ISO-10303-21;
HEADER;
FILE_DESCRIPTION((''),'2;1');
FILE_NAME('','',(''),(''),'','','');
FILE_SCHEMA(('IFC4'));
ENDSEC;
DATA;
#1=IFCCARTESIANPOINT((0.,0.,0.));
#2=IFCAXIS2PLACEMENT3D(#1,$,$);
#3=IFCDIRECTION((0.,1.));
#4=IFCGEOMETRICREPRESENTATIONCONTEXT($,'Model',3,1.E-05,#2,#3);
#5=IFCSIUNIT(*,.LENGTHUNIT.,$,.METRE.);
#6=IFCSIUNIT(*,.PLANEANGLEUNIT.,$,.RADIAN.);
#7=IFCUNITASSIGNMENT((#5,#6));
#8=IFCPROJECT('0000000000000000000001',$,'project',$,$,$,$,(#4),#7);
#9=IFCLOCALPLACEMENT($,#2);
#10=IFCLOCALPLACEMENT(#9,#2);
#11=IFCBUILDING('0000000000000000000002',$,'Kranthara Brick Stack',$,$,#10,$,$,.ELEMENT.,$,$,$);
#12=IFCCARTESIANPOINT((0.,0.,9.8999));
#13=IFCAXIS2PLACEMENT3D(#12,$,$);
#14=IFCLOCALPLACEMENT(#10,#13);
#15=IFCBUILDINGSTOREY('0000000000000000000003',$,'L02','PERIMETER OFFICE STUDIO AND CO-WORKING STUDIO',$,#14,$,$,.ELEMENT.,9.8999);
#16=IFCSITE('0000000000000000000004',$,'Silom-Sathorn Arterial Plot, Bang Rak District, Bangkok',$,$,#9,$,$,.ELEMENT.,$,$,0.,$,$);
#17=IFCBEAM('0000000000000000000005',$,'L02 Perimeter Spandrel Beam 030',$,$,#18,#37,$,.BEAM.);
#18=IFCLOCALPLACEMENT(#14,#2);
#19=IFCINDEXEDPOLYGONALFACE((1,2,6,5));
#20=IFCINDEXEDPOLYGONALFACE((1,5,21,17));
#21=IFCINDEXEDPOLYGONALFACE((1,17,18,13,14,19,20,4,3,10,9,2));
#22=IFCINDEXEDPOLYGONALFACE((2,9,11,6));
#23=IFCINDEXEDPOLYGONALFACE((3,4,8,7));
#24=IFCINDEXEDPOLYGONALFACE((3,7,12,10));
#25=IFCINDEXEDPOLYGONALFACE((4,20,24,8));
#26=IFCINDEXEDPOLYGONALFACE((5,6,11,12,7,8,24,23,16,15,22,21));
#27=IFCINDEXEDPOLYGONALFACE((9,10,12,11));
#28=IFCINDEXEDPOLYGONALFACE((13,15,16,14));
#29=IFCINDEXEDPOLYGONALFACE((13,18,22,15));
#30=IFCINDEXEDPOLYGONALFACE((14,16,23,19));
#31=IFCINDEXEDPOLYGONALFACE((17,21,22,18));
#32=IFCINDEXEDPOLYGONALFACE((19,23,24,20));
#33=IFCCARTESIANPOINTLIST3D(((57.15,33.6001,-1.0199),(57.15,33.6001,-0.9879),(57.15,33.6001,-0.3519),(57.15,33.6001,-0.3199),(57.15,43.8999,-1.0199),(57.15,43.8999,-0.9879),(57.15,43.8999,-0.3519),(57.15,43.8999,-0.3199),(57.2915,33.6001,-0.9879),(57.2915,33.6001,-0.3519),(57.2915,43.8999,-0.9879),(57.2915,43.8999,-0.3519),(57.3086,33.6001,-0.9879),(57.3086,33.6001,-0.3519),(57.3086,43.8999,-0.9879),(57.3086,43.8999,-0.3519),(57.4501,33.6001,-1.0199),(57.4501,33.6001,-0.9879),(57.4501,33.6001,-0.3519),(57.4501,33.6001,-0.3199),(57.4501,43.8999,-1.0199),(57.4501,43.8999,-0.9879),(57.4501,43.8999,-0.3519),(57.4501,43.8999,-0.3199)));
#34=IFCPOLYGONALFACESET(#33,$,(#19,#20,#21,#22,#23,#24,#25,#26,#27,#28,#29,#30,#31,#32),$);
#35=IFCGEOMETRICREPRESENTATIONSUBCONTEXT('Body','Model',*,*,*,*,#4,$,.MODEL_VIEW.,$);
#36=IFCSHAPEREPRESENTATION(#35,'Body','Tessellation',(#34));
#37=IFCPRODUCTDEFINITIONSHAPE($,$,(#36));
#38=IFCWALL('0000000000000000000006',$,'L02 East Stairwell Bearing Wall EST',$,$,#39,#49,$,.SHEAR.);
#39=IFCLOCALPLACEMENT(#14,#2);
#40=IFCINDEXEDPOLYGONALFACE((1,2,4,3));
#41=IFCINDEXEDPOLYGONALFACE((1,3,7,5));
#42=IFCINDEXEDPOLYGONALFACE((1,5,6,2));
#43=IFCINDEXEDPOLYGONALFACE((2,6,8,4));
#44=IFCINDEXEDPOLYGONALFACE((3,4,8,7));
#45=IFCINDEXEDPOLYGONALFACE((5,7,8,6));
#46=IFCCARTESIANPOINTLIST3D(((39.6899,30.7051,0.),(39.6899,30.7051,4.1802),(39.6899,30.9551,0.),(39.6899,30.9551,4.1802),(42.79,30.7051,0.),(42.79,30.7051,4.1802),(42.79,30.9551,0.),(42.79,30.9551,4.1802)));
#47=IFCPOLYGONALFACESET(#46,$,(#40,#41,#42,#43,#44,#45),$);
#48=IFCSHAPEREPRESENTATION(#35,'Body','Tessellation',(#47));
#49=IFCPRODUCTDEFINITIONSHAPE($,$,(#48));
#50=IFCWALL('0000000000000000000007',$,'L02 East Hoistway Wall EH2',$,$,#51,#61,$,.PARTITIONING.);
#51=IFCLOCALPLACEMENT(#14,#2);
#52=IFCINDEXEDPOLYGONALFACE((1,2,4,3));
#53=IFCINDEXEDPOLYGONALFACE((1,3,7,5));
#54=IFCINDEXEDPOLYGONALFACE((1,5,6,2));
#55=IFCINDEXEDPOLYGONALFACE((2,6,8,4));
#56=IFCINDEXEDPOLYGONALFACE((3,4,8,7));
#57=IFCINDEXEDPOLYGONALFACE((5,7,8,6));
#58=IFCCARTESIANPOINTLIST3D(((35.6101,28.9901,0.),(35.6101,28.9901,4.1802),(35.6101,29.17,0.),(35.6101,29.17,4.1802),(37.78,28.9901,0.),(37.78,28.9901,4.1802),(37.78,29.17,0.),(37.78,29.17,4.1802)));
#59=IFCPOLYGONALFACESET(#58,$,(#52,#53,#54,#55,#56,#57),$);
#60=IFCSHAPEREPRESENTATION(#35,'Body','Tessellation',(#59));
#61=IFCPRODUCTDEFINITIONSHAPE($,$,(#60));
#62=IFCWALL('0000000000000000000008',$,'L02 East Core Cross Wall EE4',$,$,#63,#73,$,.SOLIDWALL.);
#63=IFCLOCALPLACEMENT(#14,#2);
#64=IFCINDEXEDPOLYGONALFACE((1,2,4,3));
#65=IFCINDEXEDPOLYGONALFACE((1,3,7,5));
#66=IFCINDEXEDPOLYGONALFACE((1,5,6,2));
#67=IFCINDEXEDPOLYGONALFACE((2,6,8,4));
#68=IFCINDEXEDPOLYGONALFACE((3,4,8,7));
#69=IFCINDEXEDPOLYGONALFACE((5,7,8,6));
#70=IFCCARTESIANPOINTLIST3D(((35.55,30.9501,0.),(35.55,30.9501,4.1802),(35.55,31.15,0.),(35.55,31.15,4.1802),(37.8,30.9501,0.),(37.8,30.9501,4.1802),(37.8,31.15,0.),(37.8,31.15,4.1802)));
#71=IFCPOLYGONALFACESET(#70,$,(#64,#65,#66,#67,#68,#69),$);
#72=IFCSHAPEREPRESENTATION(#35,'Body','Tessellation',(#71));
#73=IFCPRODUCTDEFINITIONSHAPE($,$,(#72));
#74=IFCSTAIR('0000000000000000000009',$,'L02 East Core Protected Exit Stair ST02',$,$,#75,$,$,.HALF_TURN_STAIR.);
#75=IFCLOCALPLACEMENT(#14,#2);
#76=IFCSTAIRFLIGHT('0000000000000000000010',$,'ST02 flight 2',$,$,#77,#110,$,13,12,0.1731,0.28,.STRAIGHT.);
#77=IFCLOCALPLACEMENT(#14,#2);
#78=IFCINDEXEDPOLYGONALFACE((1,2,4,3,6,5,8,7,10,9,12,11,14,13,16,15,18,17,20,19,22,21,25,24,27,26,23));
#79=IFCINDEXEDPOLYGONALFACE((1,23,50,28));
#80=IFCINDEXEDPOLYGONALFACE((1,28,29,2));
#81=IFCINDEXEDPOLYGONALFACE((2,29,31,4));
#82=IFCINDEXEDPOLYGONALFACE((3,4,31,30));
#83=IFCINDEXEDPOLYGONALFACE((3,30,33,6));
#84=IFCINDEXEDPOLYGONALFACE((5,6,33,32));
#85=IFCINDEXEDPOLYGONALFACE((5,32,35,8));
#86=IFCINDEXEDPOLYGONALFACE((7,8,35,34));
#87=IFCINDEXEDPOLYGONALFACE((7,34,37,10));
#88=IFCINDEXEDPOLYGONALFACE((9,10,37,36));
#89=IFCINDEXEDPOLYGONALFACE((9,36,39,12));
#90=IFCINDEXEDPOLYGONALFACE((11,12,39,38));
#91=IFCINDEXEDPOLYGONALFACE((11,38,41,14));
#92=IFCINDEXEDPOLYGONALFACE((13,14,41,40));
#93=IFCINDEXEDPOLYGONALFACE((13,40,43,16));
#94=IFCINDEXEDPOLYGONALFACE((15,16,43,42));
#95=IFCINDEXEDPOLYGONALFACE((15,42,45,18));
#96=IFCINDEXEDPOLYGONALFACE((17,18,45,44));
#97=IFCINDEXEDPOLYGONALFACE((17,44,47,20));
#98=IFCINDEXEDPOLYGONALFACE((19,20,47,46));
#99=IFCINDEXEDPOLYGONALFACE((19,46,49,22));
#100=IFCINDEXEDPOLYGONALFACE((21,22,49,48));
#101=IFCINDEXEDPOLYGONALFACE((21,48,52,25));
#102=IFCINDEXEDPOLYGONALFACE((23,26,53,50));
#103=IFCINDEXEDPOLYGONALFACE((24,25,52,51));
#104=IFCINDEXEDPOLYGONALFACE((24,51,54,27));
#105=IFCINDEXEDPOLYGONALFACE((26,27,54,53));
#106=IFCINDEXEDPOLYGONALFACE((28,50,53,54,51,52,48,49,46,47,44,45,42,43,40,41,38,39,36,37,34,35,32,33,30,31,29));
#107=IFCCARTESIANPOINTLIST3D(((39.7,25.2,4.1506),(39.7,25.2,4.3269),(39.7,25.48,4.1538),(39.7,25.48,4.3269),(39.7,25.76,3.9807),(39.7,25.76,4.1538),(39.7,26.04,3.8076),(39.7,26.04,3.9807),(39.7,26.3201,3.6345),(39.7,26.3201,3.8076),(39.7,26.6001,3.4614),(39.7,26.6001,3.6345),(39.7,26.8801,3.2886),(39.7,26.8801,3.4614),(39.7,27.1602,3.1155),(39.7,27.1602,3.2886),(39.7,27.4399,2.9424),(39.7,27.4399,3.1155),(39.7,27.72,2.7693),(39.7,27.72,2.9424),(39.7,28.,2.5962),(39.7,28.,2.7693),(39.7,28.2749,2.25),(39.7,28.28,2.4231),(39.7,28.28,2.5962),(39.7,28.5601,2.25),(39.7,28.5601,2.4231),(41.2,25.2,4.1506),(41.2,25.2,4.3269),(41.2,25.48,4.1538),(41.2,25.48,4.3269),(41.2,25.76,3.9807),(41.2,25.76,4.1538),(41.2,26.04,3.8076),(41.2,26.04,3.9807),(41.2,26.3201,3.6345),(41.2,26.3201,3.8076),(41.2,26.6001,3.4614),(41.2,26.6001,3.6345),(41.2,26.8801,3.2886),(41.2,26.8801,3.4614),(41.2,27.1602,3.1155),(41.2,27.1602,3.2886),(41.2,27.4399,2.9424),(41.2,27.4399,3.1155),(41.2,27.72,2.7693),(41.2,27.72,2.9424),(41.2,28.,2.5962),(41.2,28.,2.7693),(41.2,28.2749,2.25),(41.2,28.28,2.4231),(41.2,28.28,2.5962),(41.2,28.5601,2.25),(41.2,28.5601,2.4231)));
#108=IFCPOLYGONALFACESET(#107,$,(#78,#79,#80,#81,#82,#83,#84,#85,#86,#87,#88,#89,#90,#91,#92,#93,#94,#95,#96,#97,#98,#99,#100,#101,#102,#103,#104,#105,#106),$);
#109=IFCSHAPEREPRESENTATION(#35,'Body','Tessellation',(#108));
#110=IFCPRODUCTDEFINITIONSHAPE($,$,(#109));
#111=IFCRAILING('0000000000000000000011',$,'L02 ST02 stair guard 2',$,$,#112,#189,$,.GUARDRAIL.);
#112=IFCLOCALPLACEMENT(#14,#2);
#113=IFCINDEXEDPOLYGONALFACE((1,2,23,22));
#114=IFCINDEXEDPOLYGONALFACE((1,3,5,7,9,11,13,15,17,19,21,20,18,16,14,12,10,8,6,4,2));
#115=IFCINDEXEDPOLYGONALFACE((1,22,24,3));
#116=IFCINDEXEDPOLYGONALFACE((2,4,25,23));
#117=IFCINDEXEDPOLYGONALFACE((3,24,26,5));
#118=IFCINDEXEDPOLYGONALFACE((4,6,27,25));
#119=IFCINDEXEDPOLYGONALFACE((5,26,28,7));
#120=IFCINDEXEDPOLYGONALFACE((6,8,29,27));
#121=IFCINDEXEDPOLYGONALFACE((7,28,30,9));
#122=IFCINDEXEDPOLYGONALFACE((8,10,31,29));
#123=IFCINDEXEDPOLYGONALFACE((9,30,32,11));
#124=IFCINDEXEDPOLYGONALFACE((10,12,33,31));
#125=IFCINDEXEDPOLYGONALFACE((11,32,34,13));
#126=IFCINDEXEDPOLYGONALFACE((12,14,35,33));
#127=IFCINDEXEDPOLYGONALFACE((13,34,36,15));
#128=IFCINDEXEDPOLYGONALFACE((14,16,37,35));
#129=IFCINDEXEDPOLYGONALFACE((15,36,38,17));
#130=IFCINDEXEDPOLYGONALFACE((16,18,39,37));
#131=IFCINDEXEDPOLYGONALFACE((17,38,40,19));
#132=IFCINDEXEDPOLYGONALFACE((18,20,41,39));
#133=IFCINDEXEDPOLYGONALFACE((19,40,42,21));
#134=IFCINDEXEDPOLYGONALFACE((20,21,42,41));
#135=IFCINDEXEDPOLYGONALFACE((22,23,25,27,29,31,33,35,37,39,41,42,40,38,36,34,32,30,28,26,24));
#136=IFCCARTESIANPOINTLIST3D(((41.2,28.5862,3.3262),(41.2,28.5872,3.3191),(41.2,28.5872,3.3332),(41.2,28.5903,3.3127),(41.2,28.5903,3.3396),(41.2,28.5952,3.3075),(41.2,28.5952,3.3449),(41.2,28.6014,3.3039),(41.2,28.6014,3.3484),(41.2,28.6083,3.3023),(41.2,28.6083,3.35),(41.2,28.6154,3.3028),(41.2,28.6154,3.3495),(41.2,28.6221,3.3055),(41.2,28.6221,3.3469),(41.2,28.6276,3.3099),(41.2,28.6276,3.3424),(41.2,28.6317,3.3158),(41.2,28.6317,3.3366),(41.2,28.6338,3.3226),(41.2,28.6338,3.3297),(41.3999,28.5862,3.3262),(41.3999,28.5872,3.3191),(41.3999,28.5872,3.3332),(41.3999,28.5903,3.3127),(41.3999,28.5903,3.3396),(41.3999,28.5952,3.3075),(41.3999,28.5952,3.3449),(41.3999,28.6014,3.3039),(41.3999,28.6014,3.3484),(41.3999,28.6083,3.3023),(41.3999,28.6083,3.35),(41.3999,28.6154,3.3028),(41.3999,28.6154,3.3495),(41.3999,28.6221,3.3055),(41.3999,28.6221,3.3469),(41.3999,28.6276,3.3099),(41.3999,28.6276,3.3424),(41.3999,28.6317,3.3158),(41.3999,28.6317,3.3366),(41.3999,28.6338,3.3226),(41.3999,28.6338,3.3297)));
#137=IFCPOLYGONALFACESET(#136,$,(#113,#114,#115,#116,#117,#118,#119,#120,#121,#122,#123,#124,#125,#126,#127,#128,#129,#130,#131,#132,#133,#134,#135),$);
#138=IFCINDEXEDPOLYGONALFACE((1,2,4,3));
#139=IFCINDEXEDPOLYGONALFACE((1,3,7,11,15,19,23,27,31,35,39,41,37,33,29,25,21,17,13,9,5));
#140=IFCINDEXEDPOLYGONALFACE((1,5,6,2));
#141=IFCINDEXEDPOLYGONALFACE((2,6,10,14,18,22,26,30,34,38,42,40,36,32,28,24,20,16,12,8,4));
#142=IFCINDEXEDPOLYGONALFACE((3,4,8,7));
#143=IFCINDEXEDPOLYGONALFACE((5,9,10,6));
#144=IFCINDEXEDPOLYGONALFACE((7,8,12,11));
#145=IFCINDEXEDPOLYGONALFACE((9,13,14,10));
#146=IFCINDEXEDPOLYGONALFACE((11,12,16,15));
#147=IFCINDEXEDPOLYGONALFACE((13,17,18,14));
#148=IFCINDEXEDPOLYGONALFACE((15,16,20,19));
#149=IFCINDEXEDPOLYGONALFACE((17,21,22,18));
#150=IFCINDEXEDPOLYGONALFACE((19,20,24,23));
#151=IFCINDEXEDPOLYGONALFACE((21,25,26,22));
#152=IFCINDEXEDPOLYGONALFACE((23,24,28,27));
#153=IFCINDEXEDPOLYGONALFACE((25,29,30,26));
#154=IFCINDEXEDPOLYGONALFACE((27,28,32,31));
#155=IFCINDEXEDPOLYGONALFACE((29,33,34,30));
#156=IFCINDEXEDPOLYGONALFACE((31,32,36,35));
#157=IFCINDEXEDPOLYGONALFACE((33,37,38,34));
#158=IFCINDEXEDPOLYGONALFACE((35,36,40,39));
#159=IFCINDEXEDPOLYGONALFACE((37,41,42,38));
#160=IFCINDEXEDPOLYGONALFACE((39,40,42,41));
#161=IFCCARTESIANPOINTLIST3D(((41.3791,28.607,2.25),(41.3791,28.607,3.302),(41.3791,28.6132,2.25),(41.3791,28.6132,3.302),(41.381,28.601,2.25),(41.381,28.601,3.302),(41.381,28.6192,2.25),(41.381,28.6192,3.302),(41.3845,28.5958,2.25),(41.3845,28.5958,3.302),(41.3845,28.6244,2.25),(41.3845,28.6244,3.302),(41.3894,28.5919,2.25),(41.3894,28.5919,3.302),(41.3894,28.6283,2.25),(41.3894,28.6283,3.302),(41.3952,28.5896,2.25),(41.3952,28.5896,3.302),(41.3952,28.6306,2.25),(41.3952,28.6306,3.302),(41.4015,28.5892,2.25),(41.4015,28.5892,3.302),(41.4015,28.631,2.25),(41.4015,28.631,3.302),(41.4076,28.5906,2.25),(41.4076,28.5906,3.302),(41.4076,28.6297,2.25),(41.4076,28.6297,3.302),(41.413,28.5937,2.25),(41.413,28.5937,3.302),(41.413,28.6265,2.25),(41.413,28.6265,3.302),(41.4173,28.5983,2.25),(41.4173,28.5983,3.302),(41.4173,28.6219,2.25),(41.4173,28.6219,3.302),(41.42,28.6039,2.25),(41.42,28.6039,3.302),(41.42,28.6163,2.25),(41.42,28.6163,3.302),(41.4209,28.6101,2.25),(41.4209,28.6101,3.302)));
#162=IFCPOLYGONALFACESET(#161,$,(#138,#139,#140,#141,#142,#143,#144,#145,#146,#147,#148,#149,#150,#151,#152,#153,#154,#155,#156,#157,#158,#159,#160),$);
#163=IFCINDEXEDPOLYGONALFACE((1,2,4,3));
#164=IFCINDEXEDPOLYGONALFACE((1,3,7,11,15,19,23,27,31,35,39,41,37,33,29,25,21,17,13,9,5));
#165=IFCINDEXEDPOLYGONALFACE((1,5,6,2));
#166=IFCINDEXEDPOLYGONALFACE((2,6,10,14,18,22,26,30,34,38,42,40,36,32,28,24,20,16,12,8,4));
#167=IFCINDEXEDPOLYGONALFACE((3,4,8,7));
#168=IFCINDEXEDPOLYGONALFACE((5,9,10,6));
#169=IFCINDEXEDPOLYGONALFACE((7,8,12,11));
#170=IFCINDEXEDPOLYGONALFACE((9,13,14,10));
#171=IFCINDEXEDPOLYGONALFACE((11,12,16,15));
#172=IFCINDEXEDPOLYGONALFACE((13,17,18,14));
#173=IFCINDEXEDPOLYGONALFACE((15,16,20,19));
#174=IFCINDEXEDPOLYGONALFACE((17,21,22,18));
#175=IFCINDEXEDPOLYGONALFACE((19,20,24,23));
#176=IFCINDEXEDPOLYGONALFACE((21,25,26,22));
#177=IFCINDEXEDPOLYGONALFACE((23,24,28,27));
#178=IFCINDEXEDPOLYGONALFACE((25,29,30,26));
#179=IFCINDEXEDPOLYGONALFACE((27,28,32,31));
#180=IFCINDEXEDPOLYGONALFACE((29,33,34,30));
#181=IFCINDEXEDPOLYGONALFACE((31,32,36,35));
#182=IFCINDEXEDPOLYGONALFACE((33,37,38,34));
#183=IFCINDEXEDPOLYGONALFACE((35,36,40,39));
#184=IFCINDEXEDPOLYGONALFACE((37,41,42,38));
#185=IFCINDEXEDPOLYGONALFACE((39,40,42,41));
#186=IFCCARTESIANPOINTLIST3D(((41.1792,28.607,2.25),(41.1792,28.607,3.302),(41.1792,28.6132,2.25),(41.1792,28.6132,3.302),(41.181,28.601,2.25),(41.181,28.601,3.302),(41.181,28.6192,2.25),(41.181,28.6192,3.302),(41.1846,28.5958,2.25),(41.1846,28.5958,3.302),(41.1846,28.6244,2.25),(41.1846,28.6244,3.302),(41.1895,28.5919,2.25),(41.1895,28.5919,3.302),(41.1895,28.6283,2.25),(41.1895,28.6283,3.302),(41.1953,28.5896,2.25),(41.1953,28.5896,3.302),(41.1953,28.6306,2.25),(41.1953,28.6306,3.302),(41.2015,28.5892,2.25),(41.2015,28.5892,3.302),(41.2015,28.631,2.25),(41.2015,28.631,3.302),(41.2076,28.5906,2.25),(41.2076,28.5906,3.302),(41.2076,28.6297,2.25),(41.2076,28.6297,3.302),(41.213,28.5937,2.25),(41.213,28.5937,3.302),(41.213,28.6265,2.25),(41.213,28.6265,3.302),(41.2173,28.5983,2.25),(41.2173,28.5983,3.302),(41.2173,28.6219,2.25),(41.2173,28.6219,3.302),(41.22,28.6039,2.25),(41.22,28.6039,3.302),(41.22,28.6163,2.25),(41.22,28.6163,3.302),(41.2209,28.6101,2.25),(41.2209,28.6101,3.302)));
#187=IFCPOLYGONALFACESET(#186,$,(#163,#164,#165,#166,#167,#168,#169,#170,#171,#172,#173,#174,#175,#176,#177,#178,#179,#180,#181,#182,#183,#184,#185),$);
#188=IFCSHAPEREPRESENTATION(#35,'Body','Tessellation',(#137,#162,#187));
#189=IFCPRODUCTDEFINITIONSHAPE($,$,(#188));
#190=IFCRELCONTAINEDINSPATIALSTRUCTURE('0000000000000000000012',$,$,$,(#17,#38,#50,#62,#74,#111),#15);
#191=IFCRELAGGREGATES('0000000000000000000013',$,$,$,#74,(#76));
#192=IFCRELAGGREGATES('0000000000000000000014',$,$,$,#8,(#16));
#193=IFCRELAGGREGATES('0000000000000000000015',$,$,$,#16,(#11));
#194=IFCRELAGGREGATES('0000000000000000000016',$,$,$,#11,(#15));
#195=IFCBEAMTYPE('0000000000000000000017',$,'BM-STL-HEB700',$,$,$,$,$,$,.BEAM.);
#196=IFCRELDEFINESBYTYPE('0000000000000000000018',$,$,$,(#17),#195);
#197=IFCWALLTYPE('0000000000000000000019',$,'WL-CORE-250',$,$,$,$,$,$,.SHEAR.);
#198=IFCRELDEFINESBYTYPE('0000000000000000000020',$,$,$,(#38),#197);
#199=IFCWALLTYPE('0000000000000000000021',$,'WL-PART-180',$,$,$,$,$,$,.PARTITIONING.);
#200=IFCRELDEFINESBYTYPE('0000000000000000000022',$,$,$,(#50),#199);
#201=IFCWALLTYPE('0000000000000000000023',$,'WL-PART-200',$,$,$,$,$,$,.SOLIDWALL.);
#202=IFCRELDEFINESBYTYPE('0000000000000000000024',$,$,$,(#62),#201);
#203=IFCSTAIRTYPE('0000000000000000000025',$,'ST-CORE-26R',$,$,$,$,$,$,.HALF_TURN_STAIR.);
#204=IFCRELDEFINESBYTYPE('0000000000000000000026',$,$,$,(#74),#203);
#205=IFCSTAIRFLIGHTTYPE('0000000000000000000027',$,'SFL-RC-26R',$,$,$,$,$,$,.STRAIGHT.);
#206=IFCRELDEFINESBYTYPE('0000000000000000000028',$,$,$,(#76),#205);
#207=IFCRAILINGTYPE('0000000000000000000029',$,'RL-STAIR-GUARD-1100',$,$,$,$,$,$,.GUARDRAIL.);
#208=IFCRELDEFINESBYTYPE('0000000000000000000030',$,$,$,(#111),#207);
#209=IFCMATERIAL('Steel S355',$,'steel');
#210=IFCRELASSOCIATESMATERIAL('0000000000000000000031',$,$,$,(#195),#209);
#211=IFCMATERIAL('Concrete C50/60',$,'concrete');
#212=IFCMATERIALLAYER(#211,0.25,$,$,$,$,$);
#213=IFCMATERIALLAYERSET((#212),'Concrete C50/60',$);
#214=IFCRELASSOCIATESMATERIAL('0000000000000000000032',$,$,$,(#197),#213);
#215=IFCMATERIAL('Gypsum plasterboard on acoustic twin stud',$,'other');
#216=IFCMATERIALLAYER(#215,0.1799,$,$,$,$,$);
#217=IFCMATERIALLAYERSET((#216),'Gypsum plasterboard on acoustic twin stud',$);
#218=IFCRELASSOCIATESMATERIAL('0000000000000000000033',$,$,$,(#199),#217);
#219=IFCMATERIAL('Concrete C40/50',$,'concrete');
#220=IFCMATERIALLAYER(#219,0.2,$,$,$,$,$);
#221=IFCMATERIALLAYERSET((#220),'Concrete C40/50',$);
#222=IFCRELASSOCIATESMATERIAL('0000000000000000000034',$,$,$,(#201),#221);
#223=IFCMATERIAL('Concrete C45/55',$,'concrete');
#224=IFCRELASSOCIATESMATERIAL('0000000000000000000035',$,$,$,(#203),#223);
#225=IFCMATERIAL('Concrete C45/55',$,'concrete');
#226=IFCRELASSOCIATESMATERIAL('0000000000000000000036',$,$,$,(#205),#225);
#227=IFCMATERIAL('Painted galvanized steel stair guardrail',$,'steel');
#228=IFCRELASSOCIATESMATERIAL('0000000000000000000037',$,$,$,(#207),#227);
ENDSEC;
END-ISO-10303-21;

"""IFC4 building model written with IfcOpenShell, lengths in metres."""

from ifc_helpers import new_model, si_unit, direction, frame, frame_2d, origin, origin_2d, place, context, subcontext, project, spatial, polyline, rectangle, circle, i_section, outline, extrude, material, layer, layer_set, material_profile, profile_set, type_object, element, aggregate, save


model = new_model("IFC4")

# Units and contexts
model_context = context("Model", 3, precision=1e-05, world=origin(), true_north=direction((0.0, 1.0)))
body_context = subcontext(model_context, "Body", "Model", "MODEL_VIEW")
ifc_project = project(units=[si_unit("LENGTHUNIT", "METRE"), si_unit("PLANEANGLEUNIT", "RADIAN")], contexts=[model_context])

# Site, building, storey
site_placement = place(None, origin())
site = spatial("IfcSite", under=ifc_project, at=site_placement, Name="Silom-Sathorn Arterial Plot, Bang Rak District, Bangkok", CompositionType="ELEMENT", RefElevation=0.0)
building_placement = place(site_placement, origin())
building = spatial("IfcBuilding", under=site, at=building_placement, Name="Kranthara Brick Stack", CompositionType="ELEMENT")
storey_placement = place(building_placement, frame((0.0, 0.0, 9.8999)))
storey = spatial("IfcBuildingStorey", under=building, at=storey_placement, Name="L02", Description="PERIMETER OFFICE STUDIO AND CO-WORKING STUDIO", CompositionType="ELEMENT", Elevation=9.8999)

# Beam
ifc_material_1 = material(Name="Steel S355", Category="steel")
ifc_material_profile_1 = material_profile(ifc_material_1, i_section(OverallWidth=0.3, OverallDepth=0.7, WebThickness=0.0171, FlangeThickness=0.032, at=origin_2d()), Name="HEB 700")
ifc_profile_set_1 = profile_set([ifc_material_profile_1], Name="Steel S355")
beam_type_1 = type_object("IfcBeamType", Name="BM-STL-HEB700", PredefinedType="BEAM", material=ifc_profile_set_1)
beam_1_placement = place(storey_placement, frame((57.3, 33.6001, -0.6699), z_axis=(0.0, 1.0, 0.0), x_axis=(-1.0, 0.0, 0.0)))
element("IfcBeam", 1, at=beam_1_placement, inside=storey, type_object=beam_type_1, Name="L02 Perimeter Spandrel Beam 030", PredefinedType="BEAM", context=body_context, shape_type="SweptSolid", body=[
    extrude(i_section(OverallWidth=0.3, OverallDepth=0.7, WebThickness=0.0171, FlangeThickness=0.032, at=origin_2d()), origin(), (0.0, 0.0, 1.0), 10.2998),
])

# Wall
ifc_material_2 = material(Name="Concrete C50/60", Category="concrete")
ifc_layer_1 = layer(ifc_material_2, 0.25)
ifc_layer_set_1 = layer_set([ifc_layer_1], Name="Concrete C50/60")
wall_type_1 = type_object("IfcWallType", Name="WL-CORE-250", PredefinedType="SHEAR", material=ifc_layer_set_1)
wall_1_placement = place(storey_placement, frame((39.6899, 30.8301, 0.0), z_axis=(0.0, 0.0, 1.0), x_axis=(1.0, 0.0, 0.0)))
element("IfcWall", 2, at=wall_1_placement, inside=storey, type_object=wall_type_1, Name="L02 East Stairwell Bearing Wall EST", PredefinedType="SHEAR", context=body_context, shape_type="SweptSolid", body=[
    extrude(rectangle(XDim=3.1001, YDim=0.25, at=frame_2d((1.55, 0.0))), origin(), (0.0, 0.0, 1.0), 4.1802),
])

# Walls
ifc_material_3 = material(Name="Gypsum plasterboard on acoustic twin stud", Category="other")
ifc_layer_2 = layer(ifc_material_3, 0.1799)
ifc_layer_set_2 = layer_set([ifc_layer_2], Name="Gypsum plasterboard on acoustic twin stud")
wall_type_2 = type_object("IfcWallType", Name="WL-PART-180", PredefinedType="PARTITIONING", material=ifc_layer_set_2)
wall_2_placement = place(storey_placement, frame((35.6101, 29.0801, 0.0), z_axis=(0.0, 0.0, 1.0), x_axis=(1.0, 0.0, 0.0)))
element("IfcWall", 3, at=wall_2_placement, inside=storey, type_object=wall_type_2, Name="L02 East Hoistway Wall EH2", PredefinedType="PARTITIONING", context=body_context, shape_type="SweptSolid", body=[
    extrude(rectangle(XDim=2.1699, YDim=0.1799, at=frame_2d((1.085, 0.0))), origin(), (0.0, 0.0, 1.0), 4.1802),
])
ifc_material_4 = material(Name="Concrete C40/50", Category="concrete")
ifc_layer_3 = layer(ifc_material_4, 0.2)
ifc_layer_set_3 = layer_set([ifc_layer_3], Name="Concrete C40/50")
wall_type_3 = type_object("IfcWallType", Name="WL-PART-200", PredefinedType="SOLIDWALL", material=ifc_layer_set_3)
wall_3_placement = place(storey_placement, frame((35.55, 31.05, 0.0), z_axis=(0.0, 0.0, 1.0), x_axis=(1.0, 0.0, 0.0)))
element("IfcWall", 4, at=wall_3_placement, inside=storey, type_object=wall_type_3, Name="L02 East Core Cross Wall EE4", PredefinedType="SOLIDWALL", context=body_context, shape_type="SweptSolid", body=[
    extrude(rectangle(XDim=2.25, YDim=0.2, at=frame_2d((1.125, 0.0))), origin(), (0.0, 0.0, 1.0), 4.1802),
])

# Stair, stair flight
ifc_material_5 = material(Name="Concrete C45/55", Category="concrete")
stair_type = type_object("IfcStairType", Name="ST-CORE-26R", PredefinedType="HALF_TURN_STAIR", material=ifc_material_5)
stair_placement = place(storey_placement, origin())
stair = element("IfcStair", 5, at=stair_placement, inside=storey, type_object=stair_type, Name="L02 East Core Protected Exit Stair ST02", PredefinedType="HALF_TURN_STAIR")
ifc_material_6 = material(Name="Concrete C45/55", Category="concrete")
stair_flight_type = type_object("IfcStairFlightType", Name="SFL-RC-26R", PredefinedType="STRAIGHT", material=ifc_material_6)
stair_flight_placement = place(storey_placement, frame((40.45, 28.5601, 2.25), z_axis=(0.0, 0.0, 1.0), x_axis=(0.0, -1.0, 0.0)))
stair_flight = element("IfcStairFlight", 6, at=stair_flight_placement, type_object=stair_flight_type, Name="ST02 flight 2", NumberOfRisers=13, NumberOfTreads=12, PredefinedType="STRAIGHT", RiserHeight=0.1731, TreadLength=0.28, context=body_context, shape_type="SweptSolid", body=[
    extrude(outline(polyline([(0.0, 0.0), (0.0, 0.1731), (0.28, 0.1731), (0.28, 0.3462), (0.5601, 0.3462), (0.5601, 0.5193), (0.8401, 0.5193), (0.8401, 0.6924), (1.1201, 0.6924), (1.1201, 0.8655), (1.3999, 0.8655), (1.3999, 1.0386), (1.6799, 1.0386), (1.6799, 1.2114), (1.96, 1.2114), (1.96, 1.3845), (2.24, 1.3845), (2.24, 1.5576), (2.52, 1.5576), (2.52, 1.7307), (2.8, 1.7307), (2.8, 1.9038), (3.0801, 1.9038), (3.0801, 2.0769), (3.3601, 2.0769), (3.3601, 2.25), (3.3601, 1.9006), (0.2852, 0.0), (0.0, 0.0)])), frame((0.0, 0.75, 0.0), z_axis=(0.0, -1.0, 0.0), x_axis=(1.0, 0.0, 0.0)), (0.0, 0.0, 1.0), 1.5),
])
aggregate(stair, [stair_flight])

# Railing
ifc_material_7 = material(Name="Painted galvanized steel stair guardrail", Category="steel")
railing_type = type_object("IfcRailingType", Name="RL-STAIR-GUARD-1100", PredefinedType="GUARDRAIL", material=ifc_material_7)
railing_1_placement = place(storey_placement, frame((41.3999, 28.6101, 2.25)))
element("IfcRailing", 7, at=railing_1_placement, inside=storey, type_object=railing_type, Name="L02 ST02 stair guard 2", PredefinedType="GUARDRAIL", context=body_context, shape_type="SweptSolid", body=[
    extrude(circle(Radius=0.0239, at=origin_2d()), frame((0.0, 0.0, 1.0762), z_axis=(-1.0, 0.0, 0.0), x_axis=(0.0, -1.0, 0.0)), (0.0, 0.0, 1.0), 0.2),
    extrude(circle(Radius=0.021, at=origin_2d()), origin(), (0.0, 0.0, 1.0), 1.052),
    extrude(circle(Radius=0.021, at=origin_2d()), frame((-0.2, 0.0, 0.0)), (0.0, 0.0, 1.0), 1.052),
])

save(model, "model.ifc")
